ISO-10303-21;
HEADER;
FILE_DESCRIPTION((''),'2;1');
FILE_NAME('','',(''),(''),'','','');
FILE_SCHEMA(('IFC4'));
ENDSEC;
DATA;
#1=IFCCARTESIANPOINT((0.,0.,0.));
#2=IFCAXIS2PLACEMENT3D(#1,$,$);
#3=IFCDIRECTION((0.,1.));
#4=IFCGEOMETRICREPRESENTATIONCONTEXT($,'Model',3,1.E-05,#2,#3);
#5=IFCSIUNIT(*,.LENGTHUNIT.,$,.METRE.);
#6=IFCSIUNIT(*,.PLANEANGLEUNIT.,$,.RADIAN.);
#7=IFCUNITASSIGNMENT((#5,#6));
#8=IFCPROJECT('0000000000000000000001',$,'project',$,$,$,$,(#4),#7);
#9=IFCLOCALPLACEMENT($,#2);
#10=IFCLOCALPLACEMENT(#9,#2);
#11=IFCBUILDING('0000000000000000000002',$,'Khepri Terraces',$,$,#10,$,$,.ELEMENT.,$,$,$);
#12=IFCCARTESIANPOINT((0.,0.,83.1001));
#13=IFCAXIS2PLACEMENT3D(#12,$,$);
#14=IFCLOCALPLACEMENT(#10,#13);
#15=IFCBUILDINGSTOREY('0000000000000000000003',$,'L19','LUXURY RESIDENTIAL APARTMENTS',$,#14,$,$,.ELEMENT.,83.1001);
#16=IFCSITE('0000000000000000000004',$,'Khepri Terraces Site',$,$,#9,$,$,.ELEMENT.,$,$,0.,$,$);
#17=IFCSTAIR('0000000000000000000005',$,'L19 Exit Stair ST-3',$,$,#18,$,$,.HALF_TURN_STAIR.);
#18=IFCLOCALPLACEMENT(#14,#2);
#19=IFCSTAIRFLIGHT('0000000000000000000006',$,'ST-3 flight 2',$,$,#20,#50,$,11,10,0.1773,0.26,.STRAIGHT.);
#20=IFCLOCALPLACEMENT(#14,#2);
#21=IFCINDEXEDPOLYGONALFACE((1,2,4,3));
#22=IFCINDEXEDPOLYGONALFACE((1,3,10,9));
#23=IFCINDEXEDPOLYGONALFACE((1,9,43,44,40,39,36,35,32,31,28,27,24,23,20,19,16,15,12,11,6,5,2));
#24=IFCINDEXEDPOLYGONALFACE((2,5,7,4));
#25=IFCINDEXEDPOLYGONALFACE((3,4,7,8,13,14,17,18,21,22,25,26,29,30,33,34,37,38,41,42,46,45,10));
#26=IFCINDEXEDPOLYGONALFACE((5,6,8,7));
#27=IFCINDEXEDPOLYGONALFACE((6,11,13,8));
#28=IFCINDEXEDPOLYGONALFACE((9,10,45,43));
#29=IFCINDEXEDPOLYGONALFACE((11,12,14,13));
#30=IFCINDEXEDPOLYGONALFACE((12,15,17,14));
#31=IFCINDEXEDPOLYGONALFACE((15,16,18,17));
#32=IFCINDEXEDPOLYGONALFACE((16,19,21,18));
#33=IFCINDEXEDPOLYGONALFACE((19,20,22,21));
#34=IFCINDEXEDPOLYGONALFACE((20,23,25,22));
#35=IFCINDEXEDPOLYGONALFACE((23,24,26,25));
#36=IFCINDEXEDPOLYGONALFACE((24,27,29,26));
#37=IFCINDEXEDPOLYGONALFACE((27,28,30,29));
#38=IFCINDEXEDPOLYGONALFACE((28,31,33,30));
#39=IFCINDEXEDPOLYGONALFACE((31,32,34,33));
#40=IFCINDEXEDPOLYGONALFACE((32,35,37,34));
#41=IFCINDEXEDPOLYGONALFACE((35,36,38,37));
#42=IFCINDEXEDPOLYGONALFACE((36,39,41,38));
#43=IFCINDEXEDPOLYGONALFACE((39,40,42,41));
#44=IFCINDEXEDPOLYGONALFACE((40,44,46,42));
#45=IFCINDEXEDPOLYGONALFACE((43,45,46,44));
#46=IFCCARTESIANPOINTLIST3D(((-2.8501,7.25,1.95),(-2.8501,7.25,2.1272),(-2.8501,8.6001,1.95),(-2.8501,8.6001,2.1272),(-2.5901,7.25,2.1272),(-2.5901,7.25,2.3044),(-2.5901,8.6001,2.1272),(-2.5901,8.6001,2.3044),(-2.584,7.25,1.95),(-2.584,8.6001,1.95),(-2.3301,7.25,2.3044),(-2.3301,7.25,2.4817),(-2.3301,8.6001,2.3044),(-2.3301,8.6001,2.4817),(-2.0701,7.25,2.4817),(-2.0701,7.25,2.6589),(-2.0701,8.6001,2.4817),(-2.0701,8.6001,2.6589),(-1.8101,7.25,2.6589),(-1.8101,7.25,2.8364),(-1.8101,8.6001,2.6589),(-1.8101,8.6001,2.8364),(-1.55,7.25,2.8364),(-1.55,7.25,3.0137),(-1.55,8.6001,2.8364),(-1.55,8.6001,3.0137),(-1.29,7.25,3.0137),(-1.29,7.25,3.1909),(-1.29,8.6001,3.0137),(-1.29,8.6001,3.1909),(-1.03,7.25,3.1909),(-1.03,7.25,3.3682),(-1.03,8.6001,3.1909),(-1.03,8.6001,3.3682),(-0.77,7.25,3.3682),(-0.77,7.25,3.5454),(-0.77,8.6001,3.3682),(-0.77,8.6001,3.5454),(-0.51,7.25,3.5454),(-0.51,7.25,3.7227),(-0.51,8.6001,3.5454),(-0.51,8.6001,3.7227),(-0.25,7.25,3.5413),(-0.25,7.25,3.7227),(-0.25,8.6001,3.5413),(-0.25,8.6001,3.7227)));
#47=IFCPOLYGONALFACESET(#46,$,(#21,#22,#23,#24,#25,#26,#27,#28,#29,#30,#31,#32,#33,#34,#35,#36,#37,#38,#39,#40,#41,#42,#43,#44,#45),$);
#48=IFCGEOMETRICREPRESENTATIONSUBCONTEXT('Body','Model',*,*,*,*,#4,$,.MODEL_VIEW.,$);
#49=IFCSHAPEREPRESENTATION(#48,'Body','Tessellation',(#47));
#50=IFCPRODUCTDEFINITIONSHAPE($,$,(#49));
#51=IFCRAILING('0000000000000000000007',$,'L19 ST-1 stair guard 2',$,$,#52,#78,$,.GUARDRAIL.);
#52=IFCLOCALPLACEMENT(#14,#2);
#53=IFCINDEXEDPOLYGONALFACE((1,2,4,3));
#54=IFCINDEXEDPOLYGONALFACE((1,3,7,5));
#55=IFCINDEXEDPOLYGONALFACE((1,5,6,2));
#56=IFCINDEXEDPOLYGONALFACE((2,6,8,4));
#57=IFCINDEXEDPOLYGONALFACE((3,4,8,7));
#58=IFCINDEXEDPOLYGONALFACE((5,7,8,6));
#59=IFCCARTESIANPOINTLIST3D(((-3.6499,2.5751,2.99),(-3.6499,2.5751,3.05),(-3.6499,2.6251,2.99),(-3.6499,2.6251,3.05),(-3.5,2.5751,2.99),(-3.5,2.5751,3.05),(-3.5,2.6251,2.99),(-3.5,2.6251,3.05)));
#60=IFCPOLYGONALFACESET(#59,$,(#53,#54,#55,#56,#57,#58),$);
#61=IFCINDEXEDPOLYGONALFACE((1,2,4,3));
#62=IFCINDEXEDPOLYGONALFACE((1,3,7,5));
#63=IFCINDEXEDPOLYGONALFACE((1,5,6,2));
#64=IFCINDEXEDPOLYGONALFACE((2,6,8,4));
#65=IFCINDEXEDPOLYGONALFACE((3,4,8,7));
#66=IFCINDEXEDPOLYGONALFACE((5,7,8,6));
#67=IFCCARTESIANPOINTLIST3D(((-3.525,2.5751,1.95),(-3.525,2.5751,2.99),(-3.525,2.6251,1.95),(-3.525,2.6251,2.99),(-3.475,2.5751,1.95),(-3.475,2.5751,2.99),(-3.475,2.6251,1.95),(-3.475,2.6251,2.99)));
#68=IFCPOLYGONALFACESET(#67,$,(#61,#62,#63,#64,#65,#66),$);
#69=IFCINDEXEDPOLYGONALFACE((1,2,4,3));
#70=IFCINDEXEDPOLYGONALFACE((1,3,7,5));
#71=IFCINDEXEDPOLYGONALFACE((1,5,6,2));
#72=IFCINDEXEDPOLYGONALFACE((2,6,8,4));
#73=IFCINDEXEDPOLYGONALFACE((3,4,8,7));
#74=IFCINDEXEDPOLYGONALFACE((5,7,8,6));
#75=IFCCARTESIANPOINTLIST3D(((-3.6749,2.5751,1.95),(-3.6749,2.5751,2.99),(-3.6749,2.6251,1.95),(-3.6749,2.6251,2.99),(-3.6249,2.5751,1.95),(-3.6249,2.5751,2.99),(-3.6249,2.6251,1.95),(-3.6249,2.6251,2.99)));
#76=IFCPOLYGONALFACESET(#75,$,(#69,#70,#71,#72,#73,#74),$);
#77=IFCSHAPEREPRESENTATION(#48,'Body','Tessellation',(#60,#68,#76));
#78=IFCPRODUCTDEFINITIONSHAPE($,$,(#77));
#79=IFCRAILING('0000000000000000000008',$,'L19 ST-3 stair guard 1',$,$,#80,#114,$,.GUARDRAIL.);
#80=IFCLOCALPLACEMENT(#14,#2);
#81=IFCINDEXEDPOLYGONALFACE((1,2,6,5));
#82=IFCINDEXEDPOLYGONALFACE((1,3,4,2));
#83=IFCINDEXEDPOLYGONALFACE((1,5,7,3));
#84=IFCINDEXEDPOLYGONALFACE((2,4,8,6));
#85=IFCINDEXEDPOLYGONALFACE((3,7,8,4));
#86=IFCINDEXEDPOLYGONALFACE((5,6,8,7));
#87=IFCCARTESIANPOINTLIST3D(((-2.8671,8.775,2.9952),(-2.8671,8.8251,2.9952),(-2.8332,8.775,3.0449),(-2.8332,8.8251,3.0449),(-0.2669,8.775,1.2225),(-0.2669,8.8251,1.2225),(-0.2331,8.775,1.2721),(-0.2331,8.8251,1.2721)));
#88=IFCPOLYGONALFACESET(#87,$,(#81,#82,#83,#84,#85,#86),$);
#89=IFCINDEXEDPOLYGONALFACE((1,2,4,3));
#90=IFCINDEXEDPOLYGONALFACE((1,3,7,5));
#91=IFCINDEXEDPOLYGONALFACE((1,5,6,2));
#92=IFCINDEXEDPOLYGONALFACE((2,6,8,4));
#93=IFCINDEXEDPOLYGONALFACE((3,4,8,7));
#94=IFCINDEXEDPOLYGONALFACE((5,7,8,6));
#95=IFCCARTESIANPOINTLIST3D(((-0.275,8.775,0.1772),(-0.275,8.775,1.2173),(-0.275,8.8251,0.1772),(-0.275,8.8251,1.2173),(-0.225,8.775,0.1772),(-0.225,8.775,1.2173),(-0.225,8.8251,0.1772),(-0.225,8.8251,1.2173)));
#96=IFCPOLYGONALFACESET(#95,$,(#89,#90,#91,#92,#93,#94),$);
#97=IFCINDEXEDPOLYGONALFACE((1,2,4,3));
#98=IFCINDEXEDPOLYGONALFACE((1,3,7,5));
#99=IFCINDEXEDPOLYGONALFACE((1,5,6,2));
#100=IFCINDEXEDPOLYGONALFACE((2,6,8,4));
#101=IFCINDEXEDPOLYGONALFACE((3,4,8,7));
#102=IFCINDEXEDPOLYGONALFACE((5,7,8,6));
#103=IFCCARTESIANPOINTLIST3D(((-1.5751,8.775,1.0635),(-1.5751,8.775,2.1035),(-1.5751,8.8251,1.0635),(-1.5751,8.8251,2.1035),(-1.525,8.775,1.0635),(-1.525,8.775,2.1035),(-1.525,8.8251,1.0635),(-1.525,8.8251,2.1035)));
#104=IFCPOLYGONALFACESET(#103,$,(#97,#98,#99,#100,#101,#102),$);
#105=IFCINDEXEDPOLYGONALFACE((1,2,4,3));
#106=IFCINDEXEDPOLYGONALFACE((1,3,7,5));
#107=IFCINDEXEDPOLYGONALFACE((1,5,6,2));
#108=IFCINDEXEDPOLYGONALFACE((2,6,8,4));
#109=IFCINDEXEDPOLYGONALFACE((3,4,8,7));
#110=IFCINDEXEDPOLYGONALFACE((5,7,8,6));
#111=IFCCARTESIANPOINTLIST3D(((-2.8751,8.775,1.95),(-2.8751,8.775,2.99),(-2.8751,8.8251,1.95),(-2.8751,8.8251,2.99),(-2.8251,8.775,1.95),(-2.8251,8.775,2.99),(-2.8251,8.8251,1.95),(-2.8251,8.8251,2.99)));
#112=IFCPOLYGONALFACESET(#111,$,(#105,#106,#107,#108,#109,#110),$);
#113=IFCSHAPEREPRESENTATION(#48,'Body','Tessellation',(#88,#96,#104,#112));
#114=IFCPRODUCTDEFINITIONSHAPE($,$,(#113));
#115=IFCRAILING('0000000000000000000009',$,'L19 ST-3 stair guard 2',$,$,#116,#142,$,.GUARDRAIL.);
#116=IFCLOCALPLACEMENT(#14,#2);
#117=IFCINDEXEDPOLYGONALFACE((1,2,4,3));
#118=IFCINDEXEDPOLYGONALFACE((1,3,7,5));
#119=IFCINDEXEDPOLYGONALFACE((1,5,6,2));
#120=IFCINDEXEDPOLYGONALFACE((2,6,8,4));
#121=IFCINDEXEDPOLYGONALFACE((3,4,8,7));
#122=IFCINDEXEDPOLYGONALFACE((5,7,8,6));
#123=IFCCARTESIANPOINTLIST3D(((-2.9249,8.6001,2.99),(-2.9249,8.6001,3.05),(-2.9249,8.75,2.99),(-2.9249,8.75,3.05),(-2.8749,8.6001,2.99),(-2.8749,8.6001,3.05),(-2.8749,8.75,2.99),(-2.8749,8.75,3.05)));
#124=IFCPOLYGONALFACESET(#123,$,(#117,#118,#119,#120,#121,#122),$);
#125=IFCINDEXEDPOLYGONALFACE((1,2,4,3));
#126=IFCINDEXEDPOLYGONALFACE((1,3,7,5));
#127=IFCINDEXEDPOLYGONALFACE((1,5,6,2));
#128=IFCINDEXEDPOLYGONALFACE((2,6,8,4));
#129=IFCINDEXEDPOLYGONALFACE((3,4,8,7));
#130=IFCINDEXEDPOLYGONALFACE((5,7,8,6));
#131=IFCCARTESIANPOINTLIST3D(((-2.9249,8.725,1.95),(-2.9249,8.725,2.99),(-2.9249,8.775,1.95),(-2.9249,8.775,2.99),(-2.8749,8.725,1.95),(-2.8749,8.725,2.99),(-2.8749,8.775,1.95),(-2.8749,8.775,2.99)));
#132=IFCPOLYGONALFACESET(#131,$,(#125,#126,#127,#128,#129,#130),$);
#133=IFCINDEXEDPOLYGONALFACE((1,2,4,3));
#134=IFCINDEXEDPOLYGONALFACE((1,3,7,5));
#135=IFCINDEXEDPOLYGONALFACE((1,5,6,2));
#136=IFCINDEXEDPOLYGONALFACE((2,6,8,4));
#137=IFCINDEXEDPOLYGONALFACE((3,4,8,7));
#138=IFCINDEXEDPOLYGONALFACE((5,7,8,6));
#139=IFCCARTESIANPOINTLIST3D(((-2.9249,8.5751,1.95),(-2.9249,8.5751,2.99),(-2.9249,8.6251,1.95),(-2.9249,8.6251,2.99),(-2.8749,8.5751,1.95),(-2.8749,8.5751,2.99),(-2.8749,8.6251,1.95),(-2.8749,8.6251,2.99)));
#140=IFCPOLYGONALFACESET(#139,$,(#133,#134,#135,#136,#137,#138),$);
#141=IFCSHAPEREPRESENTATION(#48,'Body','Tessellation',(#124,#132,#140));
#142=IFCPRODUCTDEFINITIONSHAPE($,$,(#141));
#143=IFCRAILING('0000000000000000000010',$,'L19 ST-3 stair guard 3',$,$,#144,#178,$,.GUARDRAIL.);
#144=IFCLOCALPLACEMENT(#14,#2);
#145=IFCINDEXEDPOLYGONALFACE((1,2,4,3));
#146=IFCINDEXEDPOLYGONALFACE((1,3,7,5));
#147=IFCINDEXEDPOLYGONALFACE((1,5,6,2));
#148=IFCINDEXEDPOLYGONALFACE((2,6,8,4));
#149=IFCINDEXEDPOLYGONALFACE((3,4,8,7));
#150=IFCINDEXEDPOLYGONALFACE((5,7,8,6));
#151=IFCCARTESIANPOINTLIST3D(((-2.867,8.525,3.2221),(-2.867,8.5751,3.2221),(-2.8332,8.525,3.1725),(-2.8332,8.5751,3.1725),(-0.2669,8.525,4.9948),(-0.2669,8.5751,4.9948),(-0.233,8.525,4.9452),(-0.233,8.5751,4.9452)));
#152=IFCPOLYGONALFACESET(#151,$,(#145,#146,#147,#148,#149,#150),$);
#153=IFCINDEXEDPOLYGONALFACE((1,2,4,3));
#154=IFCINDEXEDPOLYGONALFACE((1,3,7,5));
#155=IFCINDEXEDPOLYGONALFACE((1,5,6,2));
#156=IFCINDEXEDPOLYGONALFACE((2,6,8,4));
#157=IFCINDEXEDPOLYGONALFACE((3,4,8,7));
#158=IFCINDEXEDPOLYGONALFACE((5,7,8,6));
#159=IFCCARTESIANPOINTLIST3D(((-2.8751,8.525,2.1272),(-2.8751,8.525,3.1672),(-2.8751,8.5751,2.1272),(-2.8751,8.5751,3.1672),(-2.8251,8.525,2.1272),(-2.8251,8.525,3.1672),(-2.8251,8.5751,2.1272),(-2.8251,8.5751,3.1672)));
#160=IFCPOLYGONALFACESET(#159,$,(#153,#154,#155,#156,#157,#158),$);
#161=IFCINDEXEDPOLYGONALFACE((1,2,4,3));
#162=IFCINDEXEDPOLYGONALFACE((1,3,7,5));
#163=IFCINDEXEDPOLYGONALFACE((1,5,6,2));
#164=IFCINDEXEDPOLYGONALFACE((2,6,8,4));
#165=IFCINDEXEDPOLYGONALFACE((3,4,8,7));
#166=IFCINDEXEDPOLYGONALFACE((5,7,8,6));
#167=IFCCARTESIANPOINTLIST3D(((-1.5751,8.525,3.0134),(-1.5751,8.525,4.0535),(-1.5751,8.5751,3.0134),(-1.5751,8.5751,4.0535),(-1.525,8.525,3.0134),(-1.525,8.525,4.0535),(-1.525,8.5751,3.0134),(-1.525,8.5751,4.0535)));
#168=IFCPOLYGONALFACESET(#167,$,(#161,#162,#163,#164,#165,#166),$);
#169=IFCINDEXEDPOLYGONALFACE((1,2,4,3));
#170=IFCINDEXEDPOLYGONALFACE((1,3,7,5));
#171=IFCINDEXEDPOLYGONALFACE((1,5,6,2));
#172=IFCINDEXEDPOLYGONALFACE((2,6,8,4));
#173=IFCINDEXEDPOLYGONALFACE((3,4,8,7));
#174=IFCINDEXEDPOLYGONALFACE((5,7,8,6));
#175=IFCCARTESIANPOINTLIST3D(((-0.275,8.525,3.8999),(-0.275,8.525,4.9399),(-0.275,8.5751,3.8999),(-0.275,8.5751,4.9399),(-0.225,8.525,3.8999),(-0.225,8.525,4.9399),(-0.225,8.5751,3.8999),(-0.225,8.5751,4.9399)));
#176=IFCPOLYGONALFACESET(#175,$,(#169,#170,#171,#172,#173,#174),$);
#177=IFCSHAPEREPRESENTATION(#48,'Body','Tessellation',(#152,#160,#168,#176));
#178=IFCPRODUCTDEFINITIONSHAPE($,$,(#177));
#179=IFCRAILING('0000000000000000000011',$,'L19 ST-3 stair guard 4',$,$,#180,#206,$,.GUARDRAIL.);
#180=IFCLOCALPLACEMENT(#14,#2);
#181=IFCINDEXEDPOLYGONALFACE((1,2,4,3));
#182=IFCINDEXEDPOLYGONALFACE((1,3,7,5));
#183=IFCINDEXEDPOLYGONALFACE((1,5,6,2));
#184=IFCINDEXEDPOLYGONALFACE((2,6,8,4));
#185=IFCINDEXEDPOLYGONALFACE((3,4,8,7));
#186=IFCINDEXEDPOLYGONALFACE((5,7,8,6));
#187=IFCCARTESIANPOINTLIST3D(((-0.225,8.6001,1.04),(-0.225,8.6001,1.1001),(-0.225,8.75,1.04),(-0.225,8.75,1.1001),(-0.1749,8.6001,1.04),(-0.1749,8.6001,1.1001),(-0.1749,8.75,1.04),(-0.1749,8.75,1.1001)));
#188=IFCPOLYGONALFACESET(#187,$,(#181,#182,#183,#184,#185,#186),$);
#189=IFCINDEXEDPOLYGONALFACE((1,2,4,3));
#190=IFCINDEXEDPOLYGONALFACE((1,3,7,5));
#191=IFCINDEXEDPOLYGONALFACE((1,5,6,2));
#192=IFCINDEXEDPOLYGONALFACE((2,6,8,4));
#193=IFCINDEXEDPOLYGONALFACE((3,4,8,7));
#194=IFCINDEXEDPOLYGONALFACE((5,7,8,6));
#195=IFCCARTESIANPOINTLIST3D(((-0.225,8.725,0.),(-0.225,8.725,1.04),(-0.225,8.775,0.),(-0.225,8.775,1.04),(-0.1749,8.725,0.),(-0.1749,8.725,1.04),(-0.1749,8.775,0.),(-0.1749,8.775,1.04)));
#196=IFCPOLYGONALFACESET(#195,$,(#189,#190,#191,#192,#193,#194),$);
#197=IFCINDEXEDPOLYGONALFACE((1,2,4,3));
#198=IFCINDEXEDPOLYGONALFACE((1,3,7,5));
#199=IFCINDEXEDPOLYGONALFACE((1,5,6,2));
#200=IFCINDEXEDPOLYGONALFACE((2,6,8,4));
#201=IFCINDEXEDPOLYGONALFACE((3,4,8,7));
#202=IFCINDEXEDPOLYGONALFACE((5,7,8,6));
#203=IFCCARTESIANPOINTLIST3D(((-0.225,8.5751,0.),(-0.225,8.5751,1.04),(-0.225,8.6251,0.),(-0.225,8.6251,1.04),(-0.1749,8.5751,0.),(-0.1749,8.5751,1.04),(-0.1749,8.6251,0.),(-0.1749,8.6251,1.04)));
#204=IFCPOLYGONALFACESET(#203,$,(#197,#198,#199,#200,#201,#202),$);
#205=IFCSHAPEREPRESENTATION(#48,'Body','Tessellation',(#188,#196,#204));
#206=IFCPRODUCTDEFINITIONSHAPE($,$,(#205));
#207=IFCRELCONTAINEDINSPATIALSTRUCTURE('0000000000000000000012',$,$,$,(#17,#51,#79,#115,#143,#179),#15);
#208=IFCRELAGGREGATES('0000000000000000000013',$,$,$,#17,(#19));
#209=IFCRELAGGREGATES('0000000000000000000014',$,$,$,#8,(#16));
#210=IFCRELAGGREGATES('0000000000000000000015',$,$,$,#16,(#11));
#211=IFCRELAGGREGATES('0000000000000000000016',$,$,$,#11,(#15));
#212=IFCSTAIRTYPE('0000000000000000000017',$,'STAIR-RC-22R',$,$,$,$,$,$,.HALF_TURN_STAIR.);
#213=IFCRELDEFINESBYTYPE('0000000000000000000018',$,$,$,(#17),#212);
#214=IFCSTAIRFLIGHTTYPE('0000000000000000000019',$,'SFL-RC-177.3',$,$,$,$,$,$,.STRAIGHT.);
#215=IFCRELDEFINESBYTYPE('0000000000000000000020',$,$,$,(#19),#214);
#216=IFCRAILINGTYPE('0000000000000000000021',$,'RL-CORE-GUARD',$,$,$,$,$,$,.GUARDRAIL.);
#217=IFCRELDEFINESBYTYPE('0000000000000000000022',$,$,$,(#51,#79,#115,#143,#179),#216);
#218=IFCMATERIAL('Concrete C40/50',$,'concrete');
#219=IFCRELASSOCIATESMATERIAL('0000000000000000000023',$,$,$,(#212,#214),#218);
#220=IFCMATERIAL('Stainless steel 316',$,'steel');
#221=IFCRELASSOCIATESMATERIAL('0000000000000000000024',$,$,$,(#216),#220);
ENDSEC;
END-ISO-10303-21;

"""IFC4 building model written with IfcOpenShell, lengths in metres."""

from ifc_helpers import new_model, si_unit, direction, frame, origin, origin_2d, place, context, subcontext, project, spatial, polyline, rectangle, outline, extrude, material, type_object, element, aggregate, save


model = new_model("IFC4")

# Units and contexts
model_context = context("Model", 3, precision=1e-05, world=origin(), true_north=direction((0.0, 1.0)))
body_context = subcontext(model_context, "Body", "Model", "MODEL_VIEW")
ifc_project = project(units=[si_unit("LENGTHUNIT", "METRE"), si_unit("PLANEANGLEUNIT", "RADIAN")], contexts=[model_context])

# Site, building, storey
site_placement = place(None, origin())
site = spatial("IfcSite", under=ifc_project, at=site_placement, Name="Khepri Terraces Site", CompositionType="ELEMENT", RefElevation=0.0)
building_placement = place(site_placement, origin())
building = spatial("IfcBuilding", under=site, at=building_placement, Name="Khepri Terraces", CompositionType="ELEMENT")
storey_placement = place(building_placement, frame((0.0, 0.0, 83.1001)))
storey = spatial("IfcBuildingStorey", under=building, at=storey_placement, Name="L19", Description="LUXURY RESIDENTIAL APARTMENTS", CompositionType="ELEMENT", Elevation=83.1001)

# Stair, stair flight
ifc_material_1 = material(Name="Concrete C40/50", Category="concrete")
stair_type = type_object("IfcStairType", Name="STAIR-RC-22R", PredefinedType="HALF_TURN_STAIR", material=ifc_material_1)
stair_placement = place(storey_placement, origin())
stair = element("IfcStair", 1, at=stair_placement, inside=storey, type_object=stair_type, Name="L19 Exit Stair ST-3", PredefinedType="HALF_TURN_STAIR")
stair_flight_type = type_object("IfcStairFlightType", Name="SFL-RC-177.3", PredefinedType="STRAIGHT", material=ifc_material_1)
stair_flight_1_placement = place(storey_placement, frame((-2.8501, 7.925, 1.95), z_axis=(0.0, 0.0, 1.0), x_axis=(1.0, 0.0, 0.0)))
stair_flight_1 = element("IfcStairFlight", 2, at=stair_flight_1_placement, type_object=stair_flight_type, Name="ST-3 flight 2", NumberOfRisers=11, NumberOfTreads=10, PredefinedType="STRAIGHT", RiserHeight=0.1773, TreadLength=0.26, context=body_context, shape_type="SweptSolid", body=[
    extrude(outline(polyline([(0.0, 0.0), (0.0, 0.1772), (0.26, 0.1772), (0.26, 0.3545), (0.52, 0.3545), (0.52, 0.5317), (0.78, 0.5317), (0.78, 0.709), (1.04, 0.709), (1.04, 0.8865), (1.3, 0.8865), (1.3, 1.0637), (1.5601, 1.0637), (1.5601, 1.241), (1.8201, 1.241), (1.8201, 1.4182), (2.0801, 1.4182), (2.0801, 1.5955), (2.3401, 1.5955), (2.3401, 1.7727), (2.6001, 1.7727), (2.6001, 1.95), (2.6001, 1.5913), (0.2661, 0.0), (0.0, 0.0)])), frame((0.0, 0.675, 0.0), z_axis=(0.0, -1.0, 0.0), x_axis=(1.0, 0.0, 0.0)), (0.0, 0.0, 1.0), 1.3501),
])
aggregate(stair, [stair_flight_1])

# Railings
ifc_material_2 = material(Name="Stainless steel 316", Category="steel")
railing_type_1 = type_object("IfcRailingType", Name="RL-CORE-GUARD", PredefinedType="GUARDRAIL", material=ifc_material_2)
railing_1_placement = place(storey_placement, frame((-3.5, 2.6001, 1.95)))
element("IfcRailing", 3, at=railing_1_placement, inside=storey, type_object=railing_type_1, Name="L19 ST-1 stair guard 2", PredefinedType="GUARDRAIL", context=body_context, shape_type="SweptSolid", body=[
    extrude(rectangle(XDim=0.05, YDim=0.0601, at=origin_2d()), frame((0.0, 0.0, 1.0701), z_axis=(-1.0, 0.0, 0.0), x_axis=(0.0, -1.0, 0.0)), (0.0, 0.0, 1.0), 0.1499),
    extrude(rectangle(XDim=0.05, YDim=0.05, at=origin_2d()), origin(), (0.0, 0.0, 1.0), 1.04),
    extrude(rectangle(XDim=0.05, YDim=0.05, at=origin_2d()), frame((-0.1499, 0.0, 0.0)), (0.0, 0.0, 1.0), 1.04),
])
railing_2_placement = place(storey_placement, frame((-0.25, 8.8, 0.1772)))
element("IfcRailing", 4, at=railing_2_placement, inside=storey, type_object=railing_type_1, Name="L19 ST-3 stair guard 1", PredefinedType="GUARDRAIL", context=body_context, shape_type="SweptSolid", body=[
    extrude(rectangle(XDim=0.05, YDim=0.0601, at=origin_2d()), frame((0.0, 0.0, 1.0701), z_axis=(-0.82624, 0.0, 0.563318), x_axis=(0.0, -1.0, 0.0)), (0.0, 0.0, 1.0), 3.147),
    extrude(rectangle(XDim=0.05, YDim=0.05, at=origin_2d()), origin(), (0.0, 0.0, 1.0), 1.04),
    extrude(rectangle(XDim=0.05, YDim=0.05, at=origin_2d()), frame((-1.3, 0.0, 0.8862)), (0.0, 0.0, 1.0), 1.04),
    extrude(rectangle(XDim=0.05, YDim=0.05, at=origin_2d()), frame((-2.6001, 0.0, 1.7727)), (0.0, 0.0, 1.0), 1.04),
])
railing_3_placement = place(storey_placement, frame((-2.8999, 8.75, 1.95)))
element("IfcRailing", 5, at=railing_3_placement, inside=storey, type_object=railing_type_1, Name="L19 ST-3 stair guard 2", PredefinedType="GUARDRAIL", context=body_context, shape_type="SweptSolid", body=[
    extrude(rectangle(XDim=0.05, YDim=0.0601, at=origin_2d()), frame((0.0, 0.0, 1.0701), z_axis=(0.0, -1.0, 0.0), x_axis=(1.0, 0.0, 0.0)), (0.0, 0.0, 1.0), 0.1499),
    extrude(rectangle(XDim=0.05, YDim=0.05, at=origin_2d()), origin(), (0.0, 0.0, 1.0), 1.04),
    extrude(rectangle(XDim=0.05, YDim=0.05, at=origin_2d()), frame((0.0, -0.1499, 0.0)), (0.0, 0.0, 1.0), 1.04),
])
railing_4_placement = place(storey_placement, frame((-2.8501, 8.55, 2.1272)))
element("IfcRailing", 6, at=railing_4_placement, inside=storey, type_object=railing_type_1, Name="L19 ST-3 stair guard 3", PredefinedType="GUARDRAIL", context=body_context, shape_type="SweptSolid", body=[
    extrude(rectangle(XDim=0.05, YDim=0.0601, at=origin_2d()), frame((0.0, 0.0, 1.0701), z_axis=(0.82624, 0.0, 0.563318), x_axis=(0.0, 1.0, 0.0)), (0.0, 0.0, 1.0), 3.147),
    extrude(rectangle(XDim=0.05, YDim=0.05, at=origin_2d()), origin(), (0.0, 0.0, 1.0), 1.04),
    extrude(rectangle(XDim=0.05, YDim=0.05, at=origin_2d()), frame((1.3, 0.0, 0.8862)), (0.0, 0.0, 1.0), 1.04),
    extrude(rectangle(XDim=0.05, YDim=0.05, at=origin_2d()), frame((2.6001, 0.0, 1.7727)), (0.0, 0.0, 1.0), 1.04),
])
railing_5_placement = place(storey_placement, frame((-0.2, 8.75, 0.0)))
element("IfcRailing", 7, at=railing_5_placement, inside=storey, type_object=railing_type_1, Name="L19 ST-3 stair guard 4", PredefinedType="GUARDRAIL", context=body_context, shape_type="SweptSolid", body=[
    extrude(rectangle(XDim=0.05, YDim=0.0601, at=origin_2d()), frame((0.0, 0.0, 1.0701), z_axis=(0.0, -1.0, 0.0), x_axis=(1.0, 0.0, 0.0)), (0.0, 0.0, 1.0), 0.1499),
    extrude(rectangle(XDim=0.05, YDim=0.05, at=origin_2d()), origin(), (0.0, 0.0, 1.0), 1.04),
    extrude(rectangle(XDim=0.05, YDim=0.05, at=origin_2d()), frame((0.0, -0.1499, 0.0)), (0.0, 0.0, 1.0), 1.04),
])

save(model, "model.ifc")
